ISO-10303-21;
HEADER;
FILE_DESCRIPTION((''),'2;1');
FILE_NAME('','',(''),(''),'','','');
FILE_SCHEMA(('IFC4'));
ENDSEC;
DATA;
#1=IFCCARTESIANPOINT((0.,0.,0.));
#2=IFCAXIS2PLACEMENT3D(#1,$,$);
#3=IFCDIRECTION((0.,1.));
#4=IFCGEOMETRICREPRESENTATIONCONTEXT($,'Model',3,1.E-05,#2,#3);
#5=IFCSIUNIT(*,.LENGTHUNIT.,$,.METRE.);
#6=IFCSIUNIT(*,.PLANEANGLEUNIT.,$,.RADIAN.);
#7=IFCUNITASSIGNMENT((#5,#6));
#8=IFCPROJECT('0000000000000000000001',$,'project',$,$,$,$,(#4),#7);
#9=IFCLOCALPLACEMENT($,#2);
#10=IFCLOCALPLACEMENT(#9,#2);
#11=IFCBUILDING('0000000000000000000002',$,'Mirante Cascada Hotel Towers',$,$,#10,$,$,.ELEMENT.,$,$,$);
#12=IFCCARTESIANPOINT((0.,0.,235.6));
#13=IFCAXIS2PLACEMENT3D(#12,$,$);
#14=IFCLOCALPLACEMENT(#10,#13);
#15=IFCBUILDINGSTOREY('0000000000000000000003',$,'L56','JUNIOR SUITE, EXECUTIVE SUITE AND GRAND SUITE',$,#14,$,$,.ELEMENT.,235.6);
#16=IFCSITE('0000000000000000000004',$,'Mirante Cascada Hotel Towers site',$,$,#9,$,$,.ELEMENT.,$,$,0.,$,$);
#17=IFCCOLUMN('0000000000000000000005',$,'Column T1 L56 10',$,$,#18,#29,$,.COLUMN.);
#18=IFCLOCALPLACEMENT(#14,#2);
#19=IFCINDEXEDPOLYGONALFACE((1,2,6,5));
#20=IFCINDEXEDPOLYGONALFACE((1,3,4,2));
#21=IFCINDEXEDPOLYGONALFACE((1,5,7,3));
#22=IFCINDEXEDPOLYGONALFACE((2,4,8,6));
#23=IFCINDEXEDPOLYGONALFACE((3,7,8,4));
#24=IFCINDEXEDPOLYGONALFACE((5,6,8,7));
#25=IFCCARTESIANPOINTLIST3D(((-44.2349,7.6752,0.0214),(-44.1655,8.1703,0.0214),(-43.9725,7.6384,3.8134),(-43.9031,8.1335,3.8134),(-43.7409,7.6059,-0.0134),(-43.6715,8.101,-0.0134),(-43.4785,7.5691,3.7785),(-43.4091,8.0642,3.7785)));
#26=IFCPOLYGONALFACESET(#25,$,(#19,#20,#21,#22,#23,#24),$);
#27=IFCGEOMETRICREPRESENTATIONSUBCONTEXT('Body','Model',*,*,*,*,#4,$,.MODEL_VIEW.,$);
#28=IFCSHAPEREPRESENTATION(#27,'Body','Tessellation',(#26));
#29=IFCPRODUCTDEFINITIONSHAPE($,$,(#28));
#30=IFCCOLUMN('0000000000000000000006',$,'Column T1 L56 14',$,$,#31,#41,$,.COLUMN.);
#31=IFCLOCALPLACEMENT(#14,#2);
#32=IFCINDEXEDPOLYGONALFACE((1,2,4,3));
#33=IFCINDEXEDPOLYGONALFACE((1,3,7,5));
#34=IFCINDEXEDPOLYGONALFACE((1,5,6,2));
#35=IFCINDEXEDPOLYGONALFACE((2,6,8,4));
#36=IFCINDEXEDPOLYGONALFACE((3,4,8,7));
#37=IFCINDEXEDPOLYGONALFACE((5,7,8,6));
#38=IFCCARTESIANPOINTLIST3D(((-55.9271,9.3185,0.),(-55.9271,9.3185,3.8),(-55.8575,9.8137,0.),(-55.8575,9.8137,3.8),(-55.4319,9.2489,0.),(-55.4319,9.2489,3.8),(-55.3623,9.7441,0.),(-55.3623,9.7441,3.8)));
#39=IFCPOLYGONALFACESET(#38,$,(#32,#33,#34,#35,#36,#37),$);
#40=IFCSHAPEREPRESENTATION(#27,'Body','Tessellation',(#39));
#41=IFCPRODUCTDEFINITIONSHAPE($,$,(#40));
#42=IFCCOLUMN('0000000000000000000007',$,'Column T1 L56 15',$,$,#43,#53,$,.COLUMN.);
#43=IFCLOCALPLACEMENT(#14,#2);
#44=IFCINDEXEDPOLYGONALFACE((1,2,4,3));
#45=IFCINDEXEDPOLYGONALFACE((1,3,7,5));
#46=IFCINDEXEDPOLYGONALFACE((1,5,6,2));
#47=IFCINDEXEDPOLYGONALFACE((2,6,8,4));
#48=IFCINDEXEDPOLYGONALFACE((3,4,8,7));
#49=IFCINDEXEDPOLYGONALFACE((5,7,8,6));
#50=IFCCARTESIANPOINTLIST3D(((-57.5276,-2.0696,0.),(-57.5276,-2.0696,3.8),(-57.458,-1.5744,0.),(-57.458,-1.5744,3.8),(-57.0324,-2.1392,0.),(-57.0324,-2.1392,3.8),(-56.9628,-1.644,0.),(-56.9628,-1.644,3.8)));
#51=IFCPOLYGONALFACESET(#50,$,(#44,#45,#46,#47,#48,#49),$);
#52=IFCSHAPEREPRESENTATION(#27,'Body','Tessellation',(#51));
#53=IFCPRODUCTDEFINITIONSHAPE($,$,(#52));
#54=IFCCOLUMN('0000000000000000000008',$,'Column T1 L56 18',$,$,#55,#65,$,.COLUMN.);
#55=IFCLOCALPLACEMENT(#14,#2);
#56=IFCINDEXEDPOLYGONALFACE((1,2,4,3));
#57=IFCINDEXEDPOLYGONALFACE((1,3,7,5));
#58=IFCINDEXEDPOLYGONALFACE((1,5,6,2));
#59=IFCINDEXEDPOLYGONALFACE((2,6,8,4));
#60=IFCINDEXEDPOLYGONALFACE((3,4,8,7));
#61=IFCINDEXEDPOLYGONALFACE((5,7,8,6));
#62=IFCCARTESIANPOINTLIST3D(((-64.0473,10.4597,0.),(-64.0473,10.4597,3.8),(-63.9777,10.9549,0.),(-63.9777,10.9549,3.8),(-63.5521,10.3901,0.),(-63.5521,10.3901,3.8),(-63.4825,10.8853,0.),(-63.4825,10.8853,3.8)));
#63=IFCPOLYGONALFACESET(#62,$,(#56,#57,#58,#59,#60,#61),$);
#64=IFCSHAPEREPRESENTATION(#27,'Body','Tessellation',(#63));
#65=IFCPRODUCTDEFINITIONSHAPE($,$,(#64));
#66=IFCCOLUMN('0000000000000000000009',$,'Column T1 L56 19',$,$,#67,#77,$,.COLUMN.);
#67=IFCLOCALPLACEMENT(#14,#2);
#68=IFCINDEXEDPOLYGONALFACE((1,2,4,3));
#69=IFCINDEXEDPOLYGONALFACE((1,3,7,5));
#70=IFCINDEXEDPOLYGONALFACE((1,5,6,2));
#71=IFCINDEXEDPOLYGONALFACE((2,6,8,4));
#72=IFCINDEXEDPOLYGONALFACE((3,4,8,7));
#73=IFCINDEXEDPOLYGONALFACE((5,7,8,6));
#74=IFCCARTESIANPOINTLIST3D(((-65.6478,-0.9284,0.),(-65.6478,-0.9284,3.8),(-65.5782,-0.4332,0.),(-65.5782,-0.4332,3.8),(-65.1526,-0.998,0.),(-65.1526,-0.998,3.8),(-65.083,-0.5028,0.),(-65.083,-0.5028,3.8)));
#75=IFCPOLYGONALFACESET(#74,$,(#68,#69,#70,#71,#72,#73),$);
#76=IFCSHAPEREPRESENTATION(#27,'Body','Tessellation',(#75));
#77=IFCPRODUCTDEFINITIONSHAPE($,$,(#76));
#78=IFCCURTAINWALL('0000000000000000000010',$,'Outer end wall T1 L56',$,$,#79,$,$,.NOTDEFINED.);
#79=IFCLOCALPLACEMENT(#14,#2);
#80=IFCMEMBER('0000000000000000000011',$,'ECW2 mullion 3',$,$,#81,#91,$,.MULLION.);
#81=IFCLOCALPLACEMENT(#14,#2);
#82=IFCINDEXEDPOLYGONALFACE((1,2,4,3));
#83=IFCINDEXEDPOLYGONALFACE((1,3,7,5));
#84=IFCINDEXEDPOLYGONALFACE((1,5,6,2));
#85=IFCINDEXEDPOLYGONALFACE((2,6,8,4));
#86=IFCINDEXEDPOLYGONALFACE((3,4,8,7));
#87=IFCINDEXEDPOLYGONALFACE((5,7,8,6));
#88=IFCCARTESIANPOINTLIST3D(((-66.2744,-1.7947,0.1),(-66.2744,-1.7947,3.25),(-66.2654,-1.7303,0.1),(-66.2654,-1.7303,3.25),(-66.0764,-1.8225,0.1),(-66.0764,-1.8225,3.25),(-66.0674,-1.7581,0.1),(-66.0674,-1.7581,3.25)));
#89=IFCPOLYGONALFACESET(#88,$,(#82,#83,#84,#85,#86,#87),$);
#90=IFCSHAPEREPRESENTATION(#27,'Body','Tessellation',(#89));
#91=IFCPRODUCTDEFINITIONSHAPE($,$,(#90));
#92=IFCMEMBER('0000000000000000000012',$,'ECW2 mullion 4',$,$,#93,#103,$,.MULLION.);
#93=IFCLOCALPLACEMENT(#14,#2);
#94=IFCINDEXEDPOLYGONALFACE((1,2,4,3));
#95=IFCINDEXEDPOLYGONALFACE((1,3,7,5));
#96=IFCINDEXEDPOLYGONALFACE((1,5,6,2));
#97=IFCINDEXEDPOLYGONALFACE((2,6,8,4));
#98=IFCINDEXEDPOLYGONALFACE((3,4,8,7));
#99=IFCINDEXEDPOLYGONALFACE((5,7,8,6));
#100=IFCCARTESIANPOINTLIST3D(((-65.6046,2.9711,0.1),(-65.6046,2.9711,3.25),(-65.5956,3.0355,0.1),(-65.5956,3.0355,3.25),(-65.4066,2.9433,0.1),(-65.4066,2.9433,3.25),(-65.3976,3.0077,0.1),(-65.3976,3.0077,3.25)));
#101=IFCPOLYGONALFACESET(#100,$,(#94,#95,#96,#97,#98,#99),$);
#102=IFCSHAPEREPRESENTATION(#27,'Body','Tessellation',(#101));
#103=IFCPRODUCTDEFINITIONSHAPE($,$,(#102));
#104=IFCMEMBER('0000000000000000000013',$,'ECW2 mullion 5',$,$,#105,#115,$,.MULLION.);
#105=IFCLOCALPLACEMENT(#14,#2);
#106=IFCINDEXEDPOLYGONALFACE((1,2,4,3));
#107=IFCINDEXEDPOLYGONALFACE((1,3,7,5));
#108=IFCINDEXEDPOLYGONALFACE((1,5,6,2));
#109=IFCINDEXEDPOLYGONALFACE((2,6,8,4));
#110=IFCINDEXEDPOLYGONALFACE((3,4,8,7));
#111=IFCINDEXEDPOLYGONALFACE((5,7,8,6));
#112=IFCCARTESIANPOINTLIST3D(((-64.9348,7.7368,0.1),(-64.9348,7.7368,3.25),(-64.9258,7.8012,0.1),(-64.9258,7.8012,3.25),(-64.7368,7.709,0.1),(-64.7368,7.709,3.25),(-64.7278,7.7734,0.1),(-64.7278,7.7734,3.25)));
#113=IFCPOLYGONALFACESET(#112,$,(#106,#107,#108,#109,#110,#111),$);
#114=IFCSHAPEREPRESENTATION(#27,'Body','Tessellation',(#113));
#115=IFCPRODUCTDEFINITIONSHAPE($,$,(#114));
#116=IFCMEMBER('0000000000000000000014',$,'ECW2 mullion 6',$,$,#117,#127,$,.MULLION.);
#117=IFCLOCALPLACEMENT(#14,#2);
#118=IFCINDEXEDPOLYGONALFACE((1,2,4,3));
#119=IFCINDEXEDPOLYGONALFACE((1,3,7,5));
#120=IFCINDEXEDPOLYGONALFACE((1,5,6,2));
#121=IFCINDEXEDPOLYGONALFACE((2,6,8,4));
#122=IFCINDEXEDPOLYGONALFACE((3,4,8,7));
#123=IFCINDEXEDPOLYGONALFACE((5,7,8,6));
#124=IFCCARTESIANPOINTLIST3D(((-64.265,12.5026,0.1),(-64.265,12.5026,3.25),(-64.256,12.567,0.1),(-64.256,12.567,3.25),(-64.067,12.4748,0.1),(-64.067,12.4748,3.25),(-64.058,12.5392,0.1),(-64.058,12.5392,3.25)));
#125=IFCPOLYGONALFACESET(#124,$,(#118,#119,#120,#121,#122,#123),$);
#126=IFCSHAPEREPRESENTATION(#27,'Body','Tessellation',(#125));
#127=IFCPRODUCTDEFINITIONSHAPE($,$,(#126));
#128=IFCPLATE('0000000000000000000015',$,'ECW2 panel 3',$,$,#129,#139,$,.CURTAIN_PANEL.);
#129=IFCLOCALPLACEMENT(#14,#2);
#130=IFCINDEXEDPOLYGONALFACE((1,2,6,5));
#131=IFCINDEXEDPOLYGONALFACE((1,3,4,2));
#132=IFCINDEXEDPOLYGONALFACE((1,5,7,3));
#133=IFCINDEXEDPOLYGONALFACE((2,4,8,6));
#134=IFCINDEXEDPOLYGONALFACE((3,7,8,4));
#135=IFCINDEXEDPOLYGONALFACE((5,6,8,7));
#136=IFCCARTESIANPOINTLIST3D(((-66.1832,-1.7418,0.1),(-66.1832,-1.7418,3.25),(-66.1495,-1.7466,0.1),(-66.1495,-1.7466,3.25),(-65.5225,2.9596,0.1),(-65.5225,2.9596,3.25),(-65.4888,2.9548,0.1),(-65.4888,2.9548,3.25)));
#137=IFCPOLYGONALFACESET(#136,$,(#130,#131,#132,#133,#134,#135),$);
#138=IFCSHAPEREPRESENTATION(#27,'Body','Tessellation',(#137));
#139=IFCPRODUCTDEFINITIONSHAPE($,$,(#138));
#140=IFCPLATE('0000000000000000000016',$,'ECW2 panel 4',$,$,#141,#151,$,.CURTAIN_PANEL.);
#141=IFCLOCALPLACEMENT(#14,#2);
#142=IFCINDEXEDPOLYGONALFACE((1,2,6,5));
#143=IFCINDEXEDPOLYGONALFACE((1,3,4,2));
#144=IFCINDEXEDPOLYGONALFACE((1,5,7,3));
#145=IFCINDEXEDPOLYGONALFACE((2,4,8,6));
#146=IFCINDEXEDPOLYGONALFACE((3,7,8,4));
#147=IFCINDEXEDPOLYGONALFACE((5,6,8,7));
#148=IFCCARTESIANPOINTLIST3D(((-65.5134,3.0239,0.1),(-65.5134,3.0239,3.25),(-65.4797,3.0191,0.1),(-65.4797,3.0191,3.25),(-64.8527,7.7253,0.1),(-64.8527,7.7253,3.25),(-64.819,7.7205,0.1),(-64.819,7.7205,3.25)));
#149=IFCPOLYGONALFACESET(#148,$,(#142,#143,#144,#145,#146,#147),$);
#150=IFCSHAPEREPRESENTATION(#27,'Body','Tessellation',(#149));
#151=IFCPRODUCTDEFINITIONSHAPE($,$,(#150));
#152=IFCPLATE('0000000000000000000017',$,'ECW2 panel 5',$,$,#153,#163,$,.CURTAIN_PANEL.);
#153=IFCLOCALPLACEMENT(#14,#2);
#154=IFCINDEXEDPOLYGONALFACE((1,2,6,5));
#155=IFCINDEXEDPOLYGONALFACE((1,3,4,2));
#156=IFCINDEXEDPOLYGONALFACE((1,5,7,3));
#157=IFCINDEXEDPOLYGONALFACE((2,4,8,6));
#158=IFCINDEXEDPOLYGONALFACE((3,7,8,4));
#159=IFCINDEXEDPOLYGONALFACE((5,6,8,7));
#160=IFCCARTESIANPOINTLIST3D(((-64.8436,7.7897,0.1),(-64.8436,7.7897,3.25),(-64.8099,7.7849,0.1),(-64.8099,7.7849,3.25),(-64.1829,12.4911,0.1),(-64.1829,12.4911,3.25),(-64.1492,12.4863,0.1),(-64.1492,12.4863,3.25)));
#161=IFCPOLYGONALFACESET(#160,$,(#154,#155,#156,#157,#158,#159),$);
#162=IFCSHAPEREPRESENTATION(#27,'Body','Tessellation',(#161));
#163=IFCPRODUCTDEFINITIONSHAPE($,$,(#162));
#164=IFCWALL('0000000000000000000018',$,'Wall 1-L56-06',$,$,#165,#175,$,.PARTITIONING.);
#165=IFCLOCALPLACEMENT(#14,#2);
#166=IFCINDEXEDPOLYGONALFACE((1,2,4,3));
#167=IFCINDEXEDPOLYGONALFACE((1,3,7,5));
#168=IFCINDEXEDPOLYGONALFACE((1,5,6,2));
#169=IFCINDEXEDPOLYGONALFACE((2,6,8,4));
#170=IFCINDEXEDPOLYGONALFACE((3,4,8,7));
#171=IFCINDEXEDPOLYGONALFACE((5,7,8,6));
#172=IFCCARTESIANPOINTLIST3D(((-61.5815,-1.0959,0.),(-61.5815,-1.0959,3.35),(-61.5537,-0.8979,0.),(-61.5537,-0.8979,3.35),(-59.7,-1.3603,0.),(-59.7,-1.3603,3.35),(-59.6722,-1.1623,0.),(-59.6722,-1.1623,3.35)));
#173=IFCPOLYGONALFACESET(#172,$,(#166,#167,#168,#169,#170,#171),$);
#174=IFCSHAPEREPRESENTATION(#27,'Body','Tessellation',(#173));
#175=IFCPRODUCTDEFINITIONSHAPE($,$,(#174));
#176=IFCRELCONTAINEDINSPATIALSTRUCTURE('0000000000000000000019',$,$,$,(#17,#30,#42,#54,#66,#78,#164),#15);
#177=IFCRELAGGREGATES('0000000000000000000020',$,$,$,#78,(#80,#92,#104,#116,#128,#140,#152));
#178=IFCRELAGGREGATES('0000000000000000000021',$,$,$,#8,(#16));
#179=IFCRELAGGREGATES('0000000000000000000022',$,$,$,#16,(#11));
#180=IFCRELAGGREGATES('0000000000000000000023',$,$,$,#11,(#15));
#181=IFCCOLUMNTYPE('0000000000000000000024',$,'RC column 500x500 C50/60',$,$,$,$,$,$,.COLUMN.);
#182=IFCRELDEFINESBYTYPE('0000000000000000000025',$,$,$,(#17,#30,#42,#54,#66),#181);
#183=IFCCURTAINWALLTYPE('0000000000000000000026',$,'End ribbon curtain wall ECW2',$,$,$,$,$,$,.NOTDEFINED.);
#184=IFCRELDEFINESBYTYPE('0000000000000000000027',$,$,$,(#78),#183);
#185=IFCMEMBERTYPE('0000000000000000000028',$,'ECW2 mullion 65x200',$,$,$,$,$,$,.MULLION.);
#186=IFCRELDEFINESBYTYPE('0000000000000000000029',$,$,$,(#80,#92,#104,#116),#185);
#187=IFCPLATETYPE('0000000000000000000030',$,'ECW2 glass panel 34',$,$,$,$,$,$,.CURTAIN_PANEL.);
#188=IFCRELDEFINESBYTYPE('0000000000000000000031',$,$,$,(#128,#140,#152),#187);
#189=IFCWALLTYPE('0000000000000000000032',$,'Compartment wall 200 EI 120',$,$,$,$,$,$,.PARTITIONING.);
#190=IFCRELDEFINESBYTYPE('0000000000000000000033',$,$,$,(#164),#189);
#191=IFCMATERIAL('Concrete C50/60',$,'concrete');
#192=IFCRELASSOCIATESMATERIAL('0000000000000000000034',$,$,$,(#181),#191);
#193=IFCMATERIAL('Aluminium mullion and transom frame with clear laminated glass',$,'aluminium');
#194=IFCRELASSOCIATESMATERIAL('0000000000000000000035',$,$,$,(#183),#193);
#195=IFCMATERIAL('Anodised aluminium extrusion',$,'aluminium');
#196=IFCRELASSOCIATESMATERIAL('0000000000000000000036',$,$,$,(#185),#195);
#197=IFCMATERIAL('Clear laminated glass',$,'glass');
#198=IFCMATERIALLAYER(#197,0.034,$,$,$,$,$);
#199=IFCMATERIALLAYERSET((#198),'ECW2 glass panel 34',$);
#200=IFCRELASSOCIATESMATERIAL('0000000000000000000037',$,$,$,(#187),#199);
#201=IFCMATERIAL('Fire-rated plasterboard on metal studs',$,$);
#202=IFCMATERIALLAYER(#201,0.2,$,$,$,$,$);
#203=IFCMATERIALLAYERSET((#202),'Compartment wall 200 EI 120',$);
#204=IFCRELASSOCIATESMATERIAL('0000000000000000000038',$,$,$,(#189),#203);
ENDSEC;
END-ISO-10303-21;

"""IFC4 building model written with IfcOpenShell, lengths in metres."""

from ifc_helpers import new_model, si_unit, direction, frame, frame_2d, origin, origin_2d, place, context, subcontext, project, spatial, rectangle, extrude, material, layer, layer_set, material_profile, profile_set, type_object, element, aggregate, save


model = new_model("IFC4")

# Units and contexts
model_context = context("Model", 3, precision=1e-05, world=origin(), true_north=direction((0.0, 1.0)))
body_context = subcontext(model_context, "Body", "Model", "MODEL_VIEW")
ifc_project = project(units=[si_unit("LENGTHUNIT", "METRE"), si_unit("PLANEANGLEUNIT", "RADIAN")], contexts=[model_context])

# Site, building, storey
site_placement = place(None, origin())
site = spatial("IfcSite", under=ifc_project, at=site_placement, Name="Mirante Cascada Hotel Towers site", CompositionType="ELEMENT", RefElevation=0.0)
building_placement = place(site_placement, origin())
building = spatial("IfcBuilding", under=site, at=building_placement, Name="Mirante Cascada Hotel Towers", CompositionType="ELEMENT")
storey_placement = place(building_placement, frame((0.0, 0.0, 235.6)))
storey = spatial("IfcBuildingStorey", under=building, at=storey_placement, Name="L56", Description="JUNIOR SUITE, EXECUTIVE SUITE AND GRAND SUITE", CompositionType="ELEMENT", Elevation=235.6)

# Columns
ifc_material_1 = material(Name="Concrete C50/60", Category="concrete")
ifc_material_profile_1 = material_profile(ifc_material_1, rectangle(XDim=0.5, YDim=0.5, at=origin_2d()), Name="RC column 500x500 C50/60")
ifc_profile_set_1 = profile_set([ifc_material_profile_1], Name="Concrete C50/60")
column_type = type_object("IfcColumnType", Name="RC column 500x500 C50/60", PredefinedType="COLUMN", material=ifc_profile_set_1)
column_placement = place(storey_placement, frame((-43.9532, 7.8881, 0.004), z_axis=(0.06903, -0.009681, 0.997568), x_axis=(0.138885, 0.990309, 0.0)))
element("IfcColumn", 1, at=column_placement, inside=storey, type_object=column_type, Name="Column T1 L56 10", PredefinedType="COLUMN", context=body_context, shape_type="SweptSolid", body=[
    extrude(rectangle(XDim=0.5, YDim=0.5, at=origin_2d()), origin(), (0.0, 0.0, 1.0), 3.8012),
])
for number, where, z_axis, x_axis, name in (
    (2, (-55.6447, 9.5313, 0.0), (0.0, 0.0, 1.0), (-0.990268, 0.139173, 0.0), "Column T1 L56 14"),
    (3, (-57.2452, -1.8568, 0.0), (0.0, 0.0, 1.0), (-0.990268, 0.139173, 0.0), "Column T1 L56 15"),
    (4, (-63.7649, 10.6725, 0.0), (0.0, 0.0, 1.0), (-0.990268, 0.139173, 0.0), "Column T1 L56 18"),
    (5, (-65.3654, -0.7156, 0.0), (0.0, 0.0, 1.0), (-0.990268, 0.139173, 0.0), "Column T1 L56 19"),
):
    element("IfcColumn", number, at=place(storey_placement, frame(where, z_axis=z_axis, x_axis=x_axis)), inside=storey, type_object=column_type, Name=name, PredefinedType="COLUMN", context=body_context, shape_type="SweptSolid", body=[
        extrude(rectangle(XDim=0.5, YDim=0.5, at=origin_2d()), origin(), (0.0, 0.0, 1.0), 3.8),
    ])

# Curtain wall, members, plates
ifc_material_2 = material(Name="Aluminium mullion and transom frame with clear laminated glass", Category="aluminium")
curtain_wall_type = type_object("IfcCurtainWallType", Name="End ribbon curtain wall ECW2", PredefinedType="NOTDEFINED", material=ifc_material_2)
curtain_wall_placement = place(storey_placement, origin())
curtain_wall = element("IfcCurtainWall", 6, at=curtain_wall_placement, inside=storey, type_object=curtain_wall_type, Name="Outer end wall T1 L56", PredefinedType="NOTDEFINED")
ifc_material_3 = material(Name="Anodised aluminium extrusion", Category="aluminium")
ifc_material_profile_2 = material_profile(ifc_material_3, rectangle(XDim=0.2, YDim=0.065, at=origin_2d()), Name="ECW2 MULLION 65x200")
ifc_profile_set_2 = profile_set([ifc_material_profile_2], Name="Anodised aluminium extrusion")
member_type = type_object("IfcMemberType", Name="ECW2 mullion 65x200", PredefinedType="MULLION", material=ifc_profile_set_2)
member_1_placement = place(storey_placement, frame((-66.1709, -1.7764, 0.1), z_axis=(0.0, 0.0, 1.0), x_axis=(-0.990268, 0.139173, 0.0)))
member_1 = element("IfcMember", 7, at=member_1_placement, type_object=member_type, Name="ECW2 mullion 3", PredefinedType="MULLION", context=body_context, shape_type="SweptSolid", body=[
    extrude(rectangle(XDim=0.2, YDim=0.065, at=origin_2d()), origin(), (0.0, 0.0, 1.0), 3.15),
])
member_2_placement = place(storey_placement, frame((-65.5011, 2.9894, 0.1), z_axis=(0.0, 0.0, 1.0), x_axis=(-0.990268, 0.139173, 0.0)))
member_2 = element("IfcMember", 8, at=member_2_placement, type_object=member_type, Name="ECW2 mullion 4", PredefinedType="MULLION", context=body_context, shape_type="SweptSolid", body=[
    extrude(rectangle(XDim=0.2, YDim=0.065, at=origin_2d()), origin(), (0.0, 0.0, 1.0), 3.15),
])
member_3_placement = place(storey_placement, frame((-64.8313, 7.7551, 0.1), z_axis=(0.0, 0.0, 1.0), x_axis=(-0.990268, 0.139173, 0.0)))
member_3 = element("IfcMember", 9, at=member_3_placement, type_object=member_type, Name="ECW2 mullion 5", PredefinedType="MULLION", context=body_context, shape_type="SweptSolid", body=[
    extrude(rectangle(XDim=0.2, YDim=0.065, at=origin_2d()), origin(), (0.0, 0.0, 1.0), 3.15),
])
member_4_placement = place(storey_placement, frame((-64.1615, 12.5209, 0.1), z_axis=(0.0, 0.0, 1.0), x_axis=(-0.990268, 0.139173, 0.0)))
member_4 = element("IfcMember", 10, at=member_4_placement, type_object=member_type, Name="ECW2 mullion 6", PredefinedType="MULLION", context=body_context, shape_type="SweptSolid", body=[
    extrude(rectangle(XDim=0.2, YDim=0.065, at=origin_2d()), origin(), (0.0, 0.0, 1.0), 3.15),
])
ifc_material_4 = material(Name="Clear laminated glass", Category="glass")
ifc_layer_1 = layer(ifc_material_4, 0.034)
ifc_layer_set_1 = layer_set([ifc_layer_1], Name="ECW2 glass panel 34")
plate_type = type_object("IfcPlateType", Name="ECW2 glass panel 34", PredefinedType="CURTAIN_PANEL", material=ifc_layer_set_1)
plate_1_placement = place(storey_placement, frame((-65.836, 0.6065, 0.1), z_axis=(0.0, 0.0, 1.0), x_axis=(0.139173, 0.990268, 0.0)))
plate_1 = element("IfcPlate", 11, at=plate_1_placement, type_object=plate_type, Name="ECW2 panel 3", PredefinedType="CURTAIN_PANEL", context=body_context, shape_type="SweptSolid", body=[
    extrude(rectangle(XDim=4.7476, YDim=0.034, at=origin_2d()), origin(), (0.0, 0.0, 1.0), 3.15),
])
plate_2_placement = place(storey_placement, frame((-65.1662, 5.3722, 0.1), z_axis=(0.0, 0.0, 1.0), x_axis=(0.139173, 0.990268, 0.0)))
plate_2 = element("IfcPlate", 12, at=plate_2_placement, type_object=plate_type, Name="ECW2 panel 4", PredefinedType="CURTAIN_PANEL", context=body_context, shape_type="SweptSolid", body=[
    extrude(rectangle(XDim=4.7476, YDim=0.034, at=origin_2d()), origin(), (0.0, 0.0, 1.0), 3.15),
])
plate_3_placement = place(storey_placement, frame((-64.4964, 10.138, 0.1), z_axis=(0.0, 0.0, 1.0), x_axis=(0.139173, 0.990268, 0.0)))
plate_3 = element("IfcPlate", 13, at=plate_3_placement, type_object=plate_type, Name="ECW2 panel 5", PredefinedType="CURTAIN_PANEL", context=body_context, shape_type="SweptSolid", body=[
    extrude(rectangle(XDim=4.7476, YDim=0.034, at=origin_2d()), origin(), (0.0, 0.0, 1.0), 3.15),
])
aggregate(curtain_wall, [member_1, member_2, member_3, member_4, plate_1, plate_2, plate_3])

# Wall
ifc_material_5 = material(Name="Fire-rated plasterboard on metal studs")
ifc_layer_2 = layer(ifc_material_5, 0.2)
ifc_layer_set_2 = layer_set([ifc_layer_2], Name="Compartment wall 200 EI 120")
wall_type_1 = type_object("IfcWallType", Name="Compartment wall 200 EI 120", PredefinedType="PARTITIONING", material=ifc_layer_set_2)
wall_1_placement = place(storey_placement, frame((-61.5676, -0.9969, 0.0), z_axis=(0.0, 0.0, 1.0), x_axis=(0.99027, -0.139159, 0.0)))
element("IfcWall", 14, at=wall_1_placement, inside=storey, type_object=wall_type_1, Name="Wall 1-L56-06", PredefinedType="PARTITIONING", context=body_context, shape_type="SweptSolid", body=[
    extrude(rectangle(XDim=1.9, YDim=0.2, at=frame_2d((0.95, 0.0))), origin(), (0.0, 0.0, 1.0), 3.35),
])

save(model, "model.ifc")
